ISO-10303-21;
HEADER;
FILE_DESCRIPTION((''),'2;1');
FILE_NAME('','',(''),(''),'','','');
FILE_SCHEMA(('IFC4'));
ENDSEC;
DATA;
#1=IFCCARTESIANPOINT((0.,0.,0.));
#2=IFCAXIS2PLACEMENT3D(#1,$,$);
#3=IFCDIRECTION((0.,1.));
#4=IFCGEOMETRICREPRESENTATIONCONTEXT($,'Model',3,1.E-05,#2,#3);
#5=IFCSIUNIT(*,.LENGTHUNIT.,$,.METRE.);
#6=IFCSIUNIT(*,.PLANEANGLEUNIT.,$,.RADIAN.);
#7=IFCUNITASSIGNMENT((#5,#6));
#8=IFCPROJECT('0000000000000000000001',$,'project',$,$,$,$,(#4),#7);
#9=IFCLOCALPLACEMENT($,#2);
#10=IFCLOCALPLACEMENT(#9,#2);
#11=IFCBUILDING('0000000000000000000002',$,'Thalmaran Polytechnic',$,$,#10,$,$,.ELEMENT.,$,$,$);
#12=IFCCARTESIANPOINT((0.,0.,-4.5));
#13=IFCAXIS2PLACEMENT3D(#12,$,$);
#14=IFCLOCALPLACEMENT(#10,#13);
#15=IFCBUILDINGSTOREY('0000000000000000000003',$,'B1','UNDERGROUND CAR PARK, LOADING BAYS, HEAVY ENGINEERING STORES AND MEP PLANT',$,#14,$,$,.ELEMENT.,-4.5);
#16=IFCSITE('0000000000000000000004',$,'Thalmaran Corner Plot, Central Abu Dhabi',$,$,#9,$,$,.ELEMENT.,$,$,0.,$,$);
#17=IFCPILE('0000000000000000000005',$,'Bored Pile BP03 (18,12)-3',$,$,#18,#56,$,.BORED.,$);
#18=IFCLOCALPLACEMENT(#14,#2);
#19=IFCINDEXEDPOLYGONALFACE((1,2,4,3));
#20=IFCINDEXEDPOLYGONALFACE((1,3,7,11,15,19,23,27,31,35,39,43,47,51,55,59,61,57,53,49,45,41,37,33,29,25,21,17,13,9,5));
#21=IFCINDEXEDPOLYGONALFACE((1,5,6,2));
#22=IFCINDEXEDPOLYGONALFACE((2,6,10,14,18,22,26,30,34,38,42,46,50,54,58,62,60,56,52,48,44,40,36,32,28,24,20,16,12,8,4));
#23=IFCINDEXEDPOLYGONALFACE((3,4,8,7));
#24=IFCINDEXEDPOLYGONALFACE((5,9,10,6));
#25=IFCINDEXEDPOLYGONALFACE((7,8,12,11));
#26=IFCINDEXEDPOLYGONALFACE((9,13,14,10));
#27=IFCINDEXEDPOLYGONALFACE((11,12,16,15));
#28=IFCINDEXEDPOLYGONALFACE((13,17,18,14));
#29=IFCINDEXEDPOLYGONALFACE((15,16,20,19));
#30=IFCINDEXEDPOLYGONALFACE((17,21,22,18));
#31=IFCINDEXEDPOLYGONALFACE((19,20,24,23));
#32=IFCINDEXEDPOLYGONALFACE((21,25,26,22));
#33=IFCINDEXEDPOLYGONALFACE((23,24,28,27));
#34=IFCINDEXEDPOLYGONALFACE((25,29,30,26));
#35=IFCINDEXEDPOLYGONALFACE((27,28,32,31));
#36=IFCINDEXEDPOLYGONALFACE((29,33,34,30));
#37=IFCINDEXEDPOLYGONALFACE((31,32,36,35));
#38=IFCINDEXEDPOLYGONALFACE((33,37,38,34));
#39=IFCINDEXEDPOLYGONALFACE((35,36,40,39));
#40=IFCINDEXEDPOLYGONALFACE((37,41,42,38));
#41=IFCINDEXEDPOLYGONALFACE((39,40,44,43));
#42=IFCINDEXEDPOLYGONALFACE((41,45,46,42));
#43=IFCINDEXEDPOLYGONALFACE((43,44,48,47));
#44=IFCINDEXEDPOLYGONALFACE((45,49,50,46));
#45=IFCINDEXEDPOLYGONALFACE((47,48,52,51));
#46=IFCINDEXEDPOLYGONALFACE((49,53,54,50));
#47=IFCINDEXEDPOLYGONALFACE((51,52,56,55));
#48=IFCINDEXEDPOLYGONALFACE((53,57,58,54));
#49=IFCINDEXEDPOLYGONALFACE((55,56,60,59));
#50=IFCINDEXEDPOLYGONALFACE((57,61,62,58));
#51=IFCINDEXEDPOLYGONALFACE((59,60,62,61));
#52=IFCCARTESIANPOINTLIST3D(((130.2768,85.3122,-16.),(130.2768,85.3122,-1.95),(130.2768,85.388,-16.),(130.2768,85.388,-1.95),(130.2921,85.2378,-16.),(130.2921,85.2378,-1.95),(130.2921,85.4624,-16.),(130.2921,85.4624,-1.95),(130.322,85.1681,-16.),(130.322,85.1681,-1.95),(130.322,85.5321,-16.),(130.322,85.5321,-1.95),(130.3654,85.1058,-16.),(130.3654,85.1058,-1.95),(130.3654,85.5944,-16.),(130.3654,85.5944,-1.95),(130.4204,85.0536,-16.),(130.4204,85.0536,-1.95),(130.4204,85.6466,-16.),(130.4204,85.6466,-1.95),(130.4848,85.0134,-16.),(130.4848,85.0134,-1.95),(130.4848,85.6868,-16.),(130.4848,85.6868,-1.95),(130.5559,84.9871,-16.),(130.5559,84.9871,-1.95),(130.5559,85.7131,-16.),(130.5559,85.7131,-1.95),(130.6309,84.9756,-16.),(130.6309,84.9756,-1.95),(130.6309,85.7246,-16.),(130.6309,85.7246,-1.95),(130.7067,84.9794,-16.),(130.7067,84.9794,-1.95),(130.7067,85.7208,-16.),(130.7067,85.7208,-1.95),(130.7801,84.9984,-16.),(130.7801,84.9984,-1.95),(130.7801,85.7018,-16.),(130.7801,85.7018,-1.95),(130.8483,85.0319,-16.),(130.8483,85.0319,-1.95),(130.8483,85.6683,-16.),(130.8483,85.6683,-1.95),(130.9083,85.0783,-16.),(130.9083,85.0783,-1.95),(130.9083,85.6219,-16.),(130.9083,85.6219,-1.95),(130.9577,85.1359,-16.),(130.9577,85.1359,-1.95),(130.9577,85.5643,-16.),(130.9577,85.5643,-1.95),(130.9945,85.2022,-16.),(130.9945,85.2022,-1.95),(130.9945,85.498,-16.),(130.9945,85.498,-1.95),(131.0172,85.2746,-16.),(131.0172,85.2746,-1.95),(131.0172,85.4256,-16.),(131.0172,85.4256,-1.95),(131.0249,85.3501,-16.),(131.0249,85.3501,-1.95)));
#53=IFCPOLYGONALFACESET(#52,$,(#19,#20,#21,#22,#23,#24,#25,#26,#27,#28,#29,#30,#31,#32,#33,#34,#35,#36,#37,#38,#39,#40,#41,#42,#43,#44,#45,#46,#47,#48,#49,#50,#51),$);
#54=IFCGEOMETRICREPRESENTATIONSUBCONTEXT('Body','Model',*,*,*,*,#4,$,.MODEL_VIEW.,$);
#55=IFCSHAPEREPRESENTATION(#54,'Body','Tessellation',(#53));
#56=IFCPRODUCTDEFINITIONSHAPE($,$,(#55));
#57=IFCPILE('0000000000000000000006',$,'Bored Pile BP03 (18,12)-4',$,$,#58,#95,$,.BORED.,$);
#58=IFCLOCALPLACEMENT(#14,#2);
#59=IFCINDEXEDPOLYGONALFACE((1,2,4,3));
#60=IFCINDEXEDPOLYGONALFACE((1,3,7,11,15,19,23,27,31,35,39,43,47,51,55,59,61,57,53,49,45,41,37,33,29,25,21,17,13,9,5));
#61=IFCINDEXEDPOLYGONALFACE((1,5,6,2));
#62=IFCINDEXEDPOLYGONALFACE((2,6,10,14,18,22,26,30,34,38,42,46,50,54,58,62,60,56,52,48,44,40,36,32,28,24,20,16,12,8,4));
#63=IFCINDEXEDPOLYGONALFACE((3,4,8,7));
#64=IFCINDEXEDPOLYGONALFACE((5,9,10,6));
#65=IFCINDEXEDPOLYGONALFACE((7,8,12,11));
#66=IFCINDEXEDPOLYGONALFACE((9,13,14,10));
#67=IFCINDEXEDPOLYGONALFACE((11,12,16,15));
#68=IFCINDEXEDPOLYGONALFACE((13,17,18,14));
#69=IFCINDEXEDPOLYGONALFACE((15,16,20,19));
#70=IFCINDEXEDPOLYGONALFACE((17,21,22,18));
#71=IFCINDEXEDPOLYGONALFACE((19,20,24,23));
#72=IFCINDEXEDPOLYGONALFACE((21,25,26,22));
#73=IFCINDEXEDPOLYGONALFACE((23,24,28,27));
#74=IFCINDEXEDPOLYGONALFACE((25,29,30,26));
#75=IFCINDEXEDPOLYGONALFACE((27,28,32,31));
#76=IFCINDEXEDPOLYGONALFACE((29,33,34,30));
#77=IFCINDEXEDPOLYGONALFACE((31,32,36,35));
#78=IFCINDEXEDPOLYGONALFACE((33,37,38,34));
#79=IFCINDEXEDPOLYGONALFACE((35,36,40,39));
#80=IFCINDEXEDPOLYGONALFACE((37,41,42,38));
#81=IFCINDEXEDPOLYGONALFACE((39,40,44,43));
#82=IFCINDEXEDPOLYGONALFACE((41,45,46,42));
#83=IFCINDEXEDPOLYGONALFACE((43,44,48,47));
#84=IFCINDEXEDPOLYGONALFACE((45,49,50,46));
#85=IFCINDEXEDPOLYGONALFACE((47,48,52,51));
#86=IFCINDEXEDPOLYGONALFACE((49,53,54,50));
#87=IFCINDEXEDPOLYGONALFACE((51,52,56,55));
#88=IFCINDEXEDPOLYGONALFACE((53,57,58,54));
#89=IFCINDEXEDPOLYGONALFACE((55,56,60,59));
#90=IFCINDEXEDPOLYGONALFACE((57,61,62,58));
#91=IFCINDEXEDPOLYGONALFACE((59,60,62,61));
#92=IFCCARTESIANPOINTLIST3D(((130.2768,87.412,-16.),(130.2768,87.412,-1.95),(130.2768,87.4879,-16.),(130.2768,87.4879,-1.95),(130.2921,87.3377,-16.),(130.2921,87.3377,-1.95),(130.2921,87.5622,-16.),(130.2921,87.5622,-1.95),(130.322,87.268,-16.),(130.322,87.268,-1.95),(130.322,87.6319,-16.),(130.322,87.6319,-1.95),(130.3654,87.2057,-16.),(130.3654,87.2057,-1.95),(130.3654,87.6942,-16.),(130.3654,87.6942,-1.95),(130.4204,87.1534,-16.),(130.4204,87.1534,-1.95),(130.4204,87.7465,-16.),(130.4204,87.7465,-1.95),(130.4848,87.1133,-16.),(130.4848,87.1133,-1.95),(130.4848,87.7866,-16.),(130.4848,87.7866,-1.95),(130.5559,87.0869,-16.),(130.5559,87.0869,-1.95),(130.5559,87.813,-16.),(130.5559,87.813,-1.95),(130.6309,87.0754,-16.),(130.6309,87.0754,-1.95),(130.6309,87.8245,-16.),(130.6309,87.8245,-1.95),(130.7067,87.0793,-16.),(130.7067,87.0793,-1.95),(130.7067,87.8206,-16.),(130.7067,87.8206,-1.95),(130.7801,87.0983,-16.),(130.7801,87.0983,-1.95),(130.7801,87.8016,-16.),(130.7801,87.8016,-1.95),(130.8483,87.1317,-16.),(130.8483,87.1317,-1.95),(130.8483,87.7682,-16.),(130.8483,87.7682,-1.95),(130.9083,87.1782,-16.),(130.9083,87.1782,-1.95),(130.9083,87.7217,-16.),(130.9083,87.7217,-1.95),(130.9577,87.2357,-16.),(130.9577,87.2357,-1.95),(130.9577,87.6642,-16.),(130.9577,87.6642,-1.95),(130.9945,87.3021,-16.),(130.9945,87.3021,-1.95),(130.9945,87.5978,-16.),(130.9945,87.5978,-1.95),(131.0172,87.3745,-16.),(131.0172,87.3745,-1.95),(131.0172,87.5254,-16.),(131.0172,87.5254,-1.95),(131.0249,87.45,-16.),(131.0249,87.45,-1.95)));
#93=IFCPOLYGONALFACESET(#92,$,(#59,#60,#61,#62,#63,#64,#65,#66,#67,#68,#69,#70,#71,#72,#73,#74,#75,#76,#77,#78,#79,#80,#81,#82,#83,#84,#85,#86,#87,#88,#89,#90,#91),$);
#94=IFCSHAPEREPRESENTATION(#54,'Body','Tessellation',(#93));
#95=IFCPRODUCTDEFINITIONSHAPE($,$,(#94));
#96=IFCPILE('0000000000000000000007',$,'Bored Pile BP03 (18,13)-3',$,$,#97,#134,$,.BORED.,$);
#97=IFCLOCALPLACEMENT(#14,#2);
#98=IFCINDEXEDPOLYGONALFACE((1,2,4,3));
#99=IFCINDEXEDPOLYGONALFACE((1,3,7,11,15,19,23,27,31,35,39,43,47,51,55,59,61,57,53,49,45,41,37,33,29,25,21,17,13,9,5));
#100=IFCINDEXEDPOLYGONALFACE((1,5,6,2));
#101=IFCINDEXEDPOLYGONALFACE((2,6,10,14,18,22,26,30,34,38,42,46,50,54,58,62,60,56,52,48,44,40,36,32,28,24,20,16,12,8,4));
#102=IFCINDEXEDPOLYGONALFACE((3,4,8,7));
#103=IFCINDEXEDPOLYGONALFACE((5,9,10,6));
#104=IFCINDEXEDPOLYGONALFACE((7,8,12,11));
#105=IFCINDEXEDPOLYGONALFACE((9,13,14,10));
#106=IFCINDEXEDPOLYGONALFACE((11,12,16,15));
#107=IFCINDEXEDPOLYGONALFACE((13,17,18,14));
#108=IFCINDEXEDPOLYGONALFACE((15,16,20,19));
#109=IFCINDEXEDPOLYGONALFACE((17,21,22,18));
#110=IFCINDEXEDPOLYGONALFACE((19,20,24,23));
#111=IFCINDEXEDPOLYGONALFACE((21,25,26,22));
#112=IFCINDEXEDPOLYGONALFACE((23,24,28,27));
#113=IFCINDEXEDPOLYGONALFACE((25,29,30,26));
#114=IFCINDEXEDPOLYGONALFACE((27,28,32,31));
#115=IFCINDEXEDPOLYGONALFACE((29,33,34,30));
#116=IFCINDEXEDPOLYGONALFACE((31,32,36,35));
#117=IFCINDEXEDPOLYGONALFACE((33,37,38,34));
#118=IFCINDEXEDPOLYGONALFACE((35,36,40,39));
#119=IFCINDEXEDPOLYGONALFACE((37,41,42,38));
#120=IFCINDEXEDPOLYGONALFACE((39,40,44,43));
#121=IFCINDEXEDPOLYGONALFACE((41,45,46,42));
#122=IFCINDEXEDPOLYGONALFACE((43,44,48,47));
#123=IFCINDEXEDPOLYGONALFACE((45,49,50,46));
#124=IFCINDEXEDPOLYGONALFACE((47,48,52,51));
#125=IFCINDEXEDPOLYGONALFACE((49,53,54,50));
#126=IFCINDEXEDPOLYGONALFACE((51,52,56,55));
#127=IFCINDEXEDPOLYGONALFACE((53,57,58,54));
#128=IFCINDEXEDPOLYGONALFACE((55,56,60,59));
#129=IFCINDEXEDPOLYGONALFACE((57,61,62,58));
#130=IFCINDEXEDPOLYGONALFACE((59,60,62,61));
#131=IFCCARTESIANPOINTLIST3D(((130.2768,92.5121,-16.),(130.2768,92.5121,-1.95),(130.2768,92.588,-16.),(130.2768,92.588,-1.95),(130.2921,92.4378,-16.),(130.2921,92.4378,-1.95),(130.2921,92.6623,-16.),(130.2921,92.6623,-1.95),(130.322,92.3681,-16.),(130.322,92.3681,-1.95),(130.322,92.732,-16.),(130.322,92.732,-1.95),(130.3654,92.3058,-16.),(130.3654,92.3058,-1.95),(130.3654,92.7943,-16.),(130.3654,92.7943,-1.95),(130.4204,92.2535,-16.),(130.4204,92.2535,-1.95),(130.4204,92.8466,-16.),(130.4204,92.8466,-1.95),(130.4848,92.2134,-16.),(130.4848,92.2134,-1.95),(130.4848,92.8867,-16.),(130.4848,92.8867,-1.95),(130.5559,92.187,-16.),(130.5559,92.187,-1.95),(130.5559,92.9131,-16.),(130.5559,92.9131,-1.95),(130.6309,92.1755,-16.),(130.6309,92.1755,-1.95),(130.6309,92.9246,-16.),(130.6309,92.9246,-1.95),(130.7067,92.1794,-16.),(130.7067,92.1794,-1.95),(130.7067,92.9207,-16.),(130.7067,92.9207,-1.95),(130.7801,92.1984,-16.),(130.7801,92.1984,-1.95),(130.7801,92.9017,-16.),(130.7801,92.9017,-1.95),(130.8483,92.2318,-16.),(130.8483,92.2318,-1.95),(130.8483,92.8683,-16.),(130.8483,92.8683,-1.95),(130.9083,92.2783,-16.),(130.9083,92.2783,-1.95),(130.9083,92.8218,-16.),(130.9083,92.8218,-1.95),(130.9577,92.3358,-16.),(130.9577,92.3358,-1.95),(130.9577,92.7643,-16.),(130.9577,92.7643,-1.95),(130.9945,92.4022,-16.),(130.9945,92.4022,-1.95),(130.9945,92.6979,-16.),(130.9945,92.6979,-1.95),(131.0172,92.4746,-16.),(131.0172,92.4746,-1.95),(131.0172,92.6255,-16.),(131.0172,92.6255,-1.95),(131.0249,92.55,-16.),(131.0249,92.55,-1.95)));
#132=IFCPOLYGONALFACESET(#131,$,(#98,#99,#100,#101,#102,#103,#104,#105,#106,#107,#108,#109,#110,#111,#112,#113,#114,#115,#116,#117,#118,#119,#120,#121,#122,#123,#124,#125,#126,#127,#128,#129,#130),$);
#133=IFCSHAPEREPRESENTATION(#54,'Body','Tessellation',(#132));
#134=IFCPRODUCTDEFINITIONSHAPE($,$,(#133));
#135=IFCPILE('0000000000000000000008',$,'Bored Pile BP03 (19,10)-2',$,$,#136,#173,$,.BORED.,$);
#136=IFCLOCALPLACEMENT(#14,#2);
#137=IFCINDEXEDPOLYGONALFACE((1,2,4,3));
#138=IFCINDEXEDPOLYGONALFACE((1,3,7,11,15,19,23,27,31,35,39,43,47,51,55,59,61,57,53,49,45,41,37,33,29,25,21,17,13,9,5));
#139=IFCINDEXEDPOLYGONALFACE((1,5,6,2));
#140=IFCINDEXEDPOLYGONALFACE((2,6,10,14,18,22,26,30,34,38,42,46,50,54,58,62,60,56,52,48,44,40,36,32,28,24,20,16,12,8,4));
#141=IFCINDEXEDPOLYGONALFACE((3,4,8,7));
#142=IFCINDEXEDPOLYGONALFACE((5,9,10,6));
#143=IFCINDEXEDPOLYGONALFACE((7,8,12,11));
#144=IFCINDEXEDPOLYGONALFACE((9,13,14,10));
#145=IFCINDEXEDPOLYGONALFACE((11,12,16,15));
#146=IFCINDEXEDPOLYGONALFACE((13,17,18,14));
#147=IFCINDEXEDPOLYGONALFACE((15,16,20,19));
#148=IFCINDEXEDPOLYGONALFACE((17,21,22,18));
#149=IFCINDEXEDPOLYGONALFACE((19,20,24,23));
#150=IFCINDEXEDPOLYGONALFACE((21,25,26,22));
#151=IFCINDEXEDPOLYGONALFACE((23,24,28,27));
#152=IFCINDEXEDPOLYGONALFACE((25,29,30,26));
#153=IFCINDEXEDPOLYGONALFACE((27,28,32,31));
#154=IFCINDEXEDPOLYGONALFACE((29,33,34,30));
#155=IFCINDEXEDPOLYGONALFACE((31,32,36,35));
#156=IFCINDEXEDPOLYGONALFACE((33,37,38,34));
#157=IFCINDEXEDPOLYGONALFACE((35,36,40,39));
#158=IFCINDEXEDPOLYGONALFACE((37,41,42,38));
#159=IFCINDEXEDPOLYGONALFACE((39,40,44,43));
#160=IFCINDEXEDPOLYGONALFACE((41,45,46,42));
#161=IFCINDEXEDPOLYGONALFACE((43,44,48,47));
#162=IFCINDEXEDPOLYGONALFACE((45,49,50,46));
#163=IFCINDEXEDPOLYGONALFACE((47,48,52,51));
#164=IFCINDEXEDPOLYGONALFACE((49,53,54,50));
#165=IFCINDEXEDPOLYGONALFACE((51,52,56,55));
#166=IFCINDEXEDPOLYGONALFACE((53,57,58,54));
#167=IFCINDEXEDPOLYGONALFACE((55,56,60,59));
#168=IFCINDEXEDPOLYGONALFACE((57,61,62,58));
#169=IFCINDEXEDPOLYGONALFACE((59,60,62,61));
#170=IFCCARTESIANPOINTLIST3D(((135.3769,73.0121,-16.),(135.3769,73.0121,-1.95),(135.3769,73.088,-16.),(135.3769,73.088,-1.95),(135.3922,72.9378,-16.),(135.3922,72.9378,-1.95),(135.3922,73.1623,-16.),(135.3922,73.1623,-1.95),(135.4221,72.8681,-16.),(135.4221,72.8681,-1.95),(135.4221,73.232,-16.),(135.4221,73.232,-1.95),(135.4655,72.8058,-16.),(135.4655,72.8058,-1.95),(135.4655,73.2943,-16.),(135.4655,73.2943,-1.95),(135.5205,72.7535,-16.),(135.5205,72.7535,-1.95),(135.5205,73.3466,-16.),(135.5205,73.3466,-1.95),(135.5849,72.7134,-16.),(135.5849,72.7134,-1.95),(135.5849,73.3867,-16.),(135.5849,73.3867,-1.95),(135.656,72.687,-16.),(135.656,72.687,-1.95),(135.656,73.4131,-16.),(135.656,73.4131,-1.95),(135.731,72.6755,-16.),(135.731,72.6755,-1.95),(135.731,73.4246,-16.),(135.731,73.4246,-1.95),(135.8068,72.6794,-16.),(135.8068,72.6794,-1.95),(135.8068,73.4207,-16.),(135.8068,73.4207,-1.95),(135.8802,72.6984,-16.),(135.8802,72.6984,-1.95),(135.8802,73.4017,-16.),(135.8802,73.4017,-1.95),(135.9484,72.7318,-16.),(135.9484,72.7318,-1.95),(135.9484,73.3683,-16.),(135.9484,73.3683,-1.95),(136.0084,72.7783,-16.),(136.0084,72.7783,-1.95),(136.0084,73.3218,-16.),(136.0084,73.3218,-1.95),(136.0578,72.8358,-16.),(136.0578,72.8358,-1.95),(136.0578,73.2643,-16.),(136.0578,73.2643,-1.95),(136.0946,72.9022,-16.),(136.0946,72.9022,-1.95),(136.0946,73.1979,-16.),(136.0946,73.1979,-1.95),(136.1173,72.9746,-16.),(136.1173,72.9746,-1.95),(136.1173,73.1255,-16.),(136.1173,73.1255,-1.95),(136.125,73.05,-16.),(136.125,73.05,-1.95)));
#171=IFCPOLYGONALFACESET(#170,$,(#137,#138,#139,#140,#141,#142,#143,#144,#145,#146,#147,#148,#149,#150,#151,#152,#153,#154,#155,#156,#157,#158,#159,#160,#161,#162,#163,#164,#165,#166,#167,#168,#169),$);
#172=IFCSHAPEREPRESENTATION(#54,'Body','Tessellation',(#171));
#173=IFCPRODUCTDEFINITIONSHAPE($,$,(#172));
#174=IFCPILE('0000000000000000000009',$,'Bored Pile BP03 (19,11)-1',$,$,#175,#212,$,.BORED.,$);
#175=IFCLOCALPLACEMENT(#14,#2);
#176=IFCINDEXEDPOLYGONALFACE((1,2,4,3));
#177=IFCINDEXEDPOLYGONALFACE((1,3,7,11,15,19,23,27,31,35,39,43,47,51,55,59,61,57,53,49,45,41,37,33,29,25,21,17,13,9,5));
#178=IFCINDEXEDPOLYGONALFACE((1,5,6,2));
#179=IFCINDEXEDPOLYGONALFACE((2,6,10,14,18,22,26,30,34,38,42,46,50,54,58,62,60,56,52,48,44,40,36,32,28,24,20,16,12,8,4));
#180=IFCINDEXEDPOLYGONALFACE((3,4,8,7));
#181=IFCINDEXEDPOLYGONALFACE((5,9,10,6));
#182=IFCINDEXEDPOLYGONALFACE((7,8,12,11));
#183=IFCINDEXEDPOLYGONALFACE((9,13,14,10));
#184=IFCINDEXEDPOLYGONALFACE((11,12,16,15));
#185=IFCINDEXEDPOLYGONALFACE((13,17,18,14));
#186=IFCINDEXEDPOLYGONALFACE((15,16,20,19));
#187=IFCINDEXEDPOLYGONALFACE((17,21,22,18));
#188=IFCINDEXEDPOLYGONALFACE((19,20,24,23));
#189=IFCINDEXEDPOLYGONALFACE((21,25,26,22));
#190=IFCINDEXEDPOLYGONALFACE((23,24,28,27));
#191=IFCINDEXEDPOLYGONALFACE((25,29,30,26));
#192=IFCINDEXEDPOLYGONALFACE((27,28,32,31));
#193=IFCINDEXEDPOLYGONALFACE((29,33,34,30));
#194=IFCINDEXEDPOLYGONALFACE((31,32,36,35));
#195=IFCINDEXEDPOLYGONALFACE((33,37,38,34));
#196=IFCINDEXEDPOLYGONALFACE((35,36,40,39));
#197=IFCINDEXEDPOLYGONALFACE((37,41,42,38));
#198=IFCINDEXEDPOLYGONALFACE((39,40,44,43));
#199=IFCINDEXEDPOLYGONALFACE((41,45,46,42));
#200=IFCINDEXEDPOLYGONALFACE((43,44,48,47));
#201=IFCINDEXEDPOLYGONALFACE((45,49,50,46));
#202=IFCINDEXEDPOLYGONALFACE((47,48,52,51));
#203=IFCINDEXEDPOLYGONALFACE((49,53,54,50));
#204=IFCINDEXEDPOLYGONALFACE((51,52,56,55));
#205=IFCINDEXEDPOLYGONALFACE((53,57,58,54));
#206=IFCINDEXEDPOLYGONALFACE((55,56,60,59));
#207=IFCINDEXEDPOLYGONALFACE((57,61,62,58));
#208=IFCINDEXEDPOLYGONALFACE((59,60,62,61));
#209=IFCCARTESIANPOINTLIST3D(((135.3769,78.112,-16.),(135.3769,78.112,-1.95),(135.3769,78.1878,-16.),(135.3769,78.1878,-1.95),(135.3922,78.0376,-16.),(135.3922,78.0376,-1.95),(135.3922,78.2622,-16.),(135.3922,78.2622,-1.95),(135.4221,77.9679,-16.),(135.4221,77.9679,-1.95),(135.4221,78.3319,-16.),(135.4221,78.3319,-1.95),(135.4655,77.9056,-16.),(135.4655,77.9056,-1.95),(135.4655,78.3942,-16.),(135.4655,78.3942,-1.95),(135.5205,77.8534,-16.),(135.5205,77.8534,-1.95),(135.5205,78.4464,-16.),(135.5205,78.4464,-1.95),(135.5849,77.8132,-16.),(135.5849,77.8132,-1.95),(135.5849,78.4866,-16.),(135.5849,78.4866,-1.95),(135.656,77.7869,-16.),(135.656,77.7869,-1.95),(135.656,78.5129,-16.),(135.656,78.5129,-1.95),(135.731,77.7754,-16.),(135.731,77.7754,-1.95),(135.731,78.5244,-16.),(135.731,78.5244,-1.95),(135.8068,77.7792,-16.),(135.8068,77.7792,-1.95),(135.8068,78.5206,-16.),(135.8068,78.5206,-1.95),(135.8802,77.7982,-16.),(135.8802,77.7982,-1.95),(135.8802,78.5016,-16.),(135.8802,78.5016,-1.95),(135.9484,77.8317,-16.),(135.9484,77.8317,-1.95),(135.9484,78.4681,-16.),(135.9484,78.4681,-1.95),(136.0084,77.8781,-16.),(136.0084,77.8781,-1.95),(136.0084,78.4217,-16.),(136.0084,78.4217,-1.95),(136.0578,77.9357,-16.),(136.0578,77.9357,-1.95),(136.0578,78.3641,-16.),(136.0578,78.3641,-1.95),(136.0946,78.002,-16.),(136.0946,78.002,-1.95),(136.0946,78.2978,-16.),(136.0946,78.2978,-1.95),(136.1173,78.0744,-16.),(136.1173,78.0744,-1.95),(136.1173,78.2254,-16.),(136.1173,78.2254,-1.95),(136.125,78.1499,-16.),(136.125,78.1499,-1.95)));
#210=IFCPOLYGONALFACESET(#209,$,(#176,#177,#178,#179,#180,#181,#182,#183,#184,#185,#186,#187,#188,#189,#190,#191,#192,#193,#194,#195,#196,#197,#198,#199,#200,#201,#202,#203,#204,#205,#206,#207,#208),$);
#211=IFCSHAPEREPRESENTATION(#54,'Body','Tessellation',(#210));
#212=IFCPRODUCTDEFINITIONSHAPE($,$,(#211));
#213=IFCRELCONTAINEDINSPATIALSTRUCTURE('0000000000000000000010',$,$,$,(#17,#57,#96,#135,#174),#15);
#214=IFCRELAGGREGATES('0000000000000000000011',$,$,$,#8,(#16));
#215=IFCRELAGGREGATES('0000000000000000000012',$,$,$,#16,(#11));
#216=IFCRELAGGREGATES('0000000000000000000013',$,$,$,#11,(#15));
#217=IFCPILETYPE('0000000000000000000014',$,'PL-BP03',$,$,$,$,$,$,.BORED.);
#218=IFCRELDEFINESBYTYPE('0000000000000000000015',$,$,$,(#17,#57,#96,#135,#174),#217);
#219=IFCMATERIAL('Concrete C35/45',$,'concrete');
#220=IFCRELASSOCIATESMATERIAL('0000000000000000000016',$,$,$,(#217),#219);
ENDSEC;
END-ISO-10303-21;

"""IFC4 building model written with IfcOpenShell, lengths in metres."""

from ifc_helpers import new_model, si_unit, direction, frame, origin, origin_2d, place, context, subcontext, project, spatial, circle, extrude, material, material_profile, profile_set, type_object, element, save


model = new_model("IFC4")

# Units and contexts
model_context = context("Model", 3, precision=1e-05, world=origin(), true_north=direction((0.0, 1.0)))
body_context = subcontext(model_context, "Body", "Model", "MODEL_VIEW")
ifc_project = project(units=[si_unit("LENGTHUNIT", "METRE"), si_unit("PLANEANGLEUNIT", "RADIAN")], contexts=[model_context])

# Site, building, storey
site_placement = place(None, origin())
site = spatial("IfcSite", under=ifc_project, at=site_placement, Name="Thalmaran Corner Plot, Central Abu Dhabi", CompositionType="ELEMENT", RefElevation=0.0)
building_placement = place(site_placement, origin())
building = spatial("IfcBuilding", under=site, at=building_placement, Name="Thalmaran Polytechnic", CompositionType="ELEMENT")
storey_placement = place(building_placement, frame((0.0, 0.0, -4.5)))
storey = spatial("IfcBuildingStorey", under=building, at=storey_placement, Name="B1", Description="UNDERGROUND CAR PARK, LOADING BAYS, HEAVY ENGINEERING STORES AND MEP PLANT", CompositionType="ELEMENT", Elevation=-4.5)

# Piles
ifc_material_1 = material(Name="Concrete C35/45", Category="concrete")
ifc_material_profile_1 = material_profile(ifc_material_1, circle(Radius=0.375, at=origin_2d()), Name="RC 750 DIA")
ifc_profile_set_1 = profile_set([ifc_material_profile_1], Name="Concrete C35/45")
pile_type = type_object("IfcPileType", Name="PL-BP03", PredefinedType="BORED", material=ifc_profile_set_1)
for number, where, z_axis, x_axis, name in (
    (1, (130.6499, 85.3501, -1.95), (0.0, 0.0, -1.0), (1.0, 0.0, 0.0), "Bored Pile BP03 (18,12)-3"),
    (2, (130.6499, 87.45, -1.95), (0.0, 0.0, -1.0), (1.0, 0.0, 0.0), "Bored Pile BP03 (18,12)-4"),
    (3, (130.6499, 92.55, -1.95), (0.0, 0.0, -1.0), (1.0, 0.0, 0.0), "Bored Pile BP03 (18,13)-3"),
    (4, (135.75, 73.05, -1.95), (0.0, 0.0, -1.0), (1.0, 0.0, 0.0), "Bored Pile BP03 (19,10)-2"),
    (5, (135.75, 78.1499, -1.95), (0.0, 0.0, -1.0), (1.0, 0.0, 0.0), "Bored Pile BP03 (19,11)-1"),
):
    element("IfcPile", number, at=place(storey_placement, frame(where, z_axis=z_axis, x_axis=x_axis)), inside=storey, type_object=pile_type, Name=name, PredefinedType="BORED", context=body_context, shape_type="SweptSolid", body=[
        extrude(circle(Radius=0.375, at=origin_2d()), origin(), (0.0, 0.0, 1.0), 14.05),
    ])

save(model, "model.ifc")
